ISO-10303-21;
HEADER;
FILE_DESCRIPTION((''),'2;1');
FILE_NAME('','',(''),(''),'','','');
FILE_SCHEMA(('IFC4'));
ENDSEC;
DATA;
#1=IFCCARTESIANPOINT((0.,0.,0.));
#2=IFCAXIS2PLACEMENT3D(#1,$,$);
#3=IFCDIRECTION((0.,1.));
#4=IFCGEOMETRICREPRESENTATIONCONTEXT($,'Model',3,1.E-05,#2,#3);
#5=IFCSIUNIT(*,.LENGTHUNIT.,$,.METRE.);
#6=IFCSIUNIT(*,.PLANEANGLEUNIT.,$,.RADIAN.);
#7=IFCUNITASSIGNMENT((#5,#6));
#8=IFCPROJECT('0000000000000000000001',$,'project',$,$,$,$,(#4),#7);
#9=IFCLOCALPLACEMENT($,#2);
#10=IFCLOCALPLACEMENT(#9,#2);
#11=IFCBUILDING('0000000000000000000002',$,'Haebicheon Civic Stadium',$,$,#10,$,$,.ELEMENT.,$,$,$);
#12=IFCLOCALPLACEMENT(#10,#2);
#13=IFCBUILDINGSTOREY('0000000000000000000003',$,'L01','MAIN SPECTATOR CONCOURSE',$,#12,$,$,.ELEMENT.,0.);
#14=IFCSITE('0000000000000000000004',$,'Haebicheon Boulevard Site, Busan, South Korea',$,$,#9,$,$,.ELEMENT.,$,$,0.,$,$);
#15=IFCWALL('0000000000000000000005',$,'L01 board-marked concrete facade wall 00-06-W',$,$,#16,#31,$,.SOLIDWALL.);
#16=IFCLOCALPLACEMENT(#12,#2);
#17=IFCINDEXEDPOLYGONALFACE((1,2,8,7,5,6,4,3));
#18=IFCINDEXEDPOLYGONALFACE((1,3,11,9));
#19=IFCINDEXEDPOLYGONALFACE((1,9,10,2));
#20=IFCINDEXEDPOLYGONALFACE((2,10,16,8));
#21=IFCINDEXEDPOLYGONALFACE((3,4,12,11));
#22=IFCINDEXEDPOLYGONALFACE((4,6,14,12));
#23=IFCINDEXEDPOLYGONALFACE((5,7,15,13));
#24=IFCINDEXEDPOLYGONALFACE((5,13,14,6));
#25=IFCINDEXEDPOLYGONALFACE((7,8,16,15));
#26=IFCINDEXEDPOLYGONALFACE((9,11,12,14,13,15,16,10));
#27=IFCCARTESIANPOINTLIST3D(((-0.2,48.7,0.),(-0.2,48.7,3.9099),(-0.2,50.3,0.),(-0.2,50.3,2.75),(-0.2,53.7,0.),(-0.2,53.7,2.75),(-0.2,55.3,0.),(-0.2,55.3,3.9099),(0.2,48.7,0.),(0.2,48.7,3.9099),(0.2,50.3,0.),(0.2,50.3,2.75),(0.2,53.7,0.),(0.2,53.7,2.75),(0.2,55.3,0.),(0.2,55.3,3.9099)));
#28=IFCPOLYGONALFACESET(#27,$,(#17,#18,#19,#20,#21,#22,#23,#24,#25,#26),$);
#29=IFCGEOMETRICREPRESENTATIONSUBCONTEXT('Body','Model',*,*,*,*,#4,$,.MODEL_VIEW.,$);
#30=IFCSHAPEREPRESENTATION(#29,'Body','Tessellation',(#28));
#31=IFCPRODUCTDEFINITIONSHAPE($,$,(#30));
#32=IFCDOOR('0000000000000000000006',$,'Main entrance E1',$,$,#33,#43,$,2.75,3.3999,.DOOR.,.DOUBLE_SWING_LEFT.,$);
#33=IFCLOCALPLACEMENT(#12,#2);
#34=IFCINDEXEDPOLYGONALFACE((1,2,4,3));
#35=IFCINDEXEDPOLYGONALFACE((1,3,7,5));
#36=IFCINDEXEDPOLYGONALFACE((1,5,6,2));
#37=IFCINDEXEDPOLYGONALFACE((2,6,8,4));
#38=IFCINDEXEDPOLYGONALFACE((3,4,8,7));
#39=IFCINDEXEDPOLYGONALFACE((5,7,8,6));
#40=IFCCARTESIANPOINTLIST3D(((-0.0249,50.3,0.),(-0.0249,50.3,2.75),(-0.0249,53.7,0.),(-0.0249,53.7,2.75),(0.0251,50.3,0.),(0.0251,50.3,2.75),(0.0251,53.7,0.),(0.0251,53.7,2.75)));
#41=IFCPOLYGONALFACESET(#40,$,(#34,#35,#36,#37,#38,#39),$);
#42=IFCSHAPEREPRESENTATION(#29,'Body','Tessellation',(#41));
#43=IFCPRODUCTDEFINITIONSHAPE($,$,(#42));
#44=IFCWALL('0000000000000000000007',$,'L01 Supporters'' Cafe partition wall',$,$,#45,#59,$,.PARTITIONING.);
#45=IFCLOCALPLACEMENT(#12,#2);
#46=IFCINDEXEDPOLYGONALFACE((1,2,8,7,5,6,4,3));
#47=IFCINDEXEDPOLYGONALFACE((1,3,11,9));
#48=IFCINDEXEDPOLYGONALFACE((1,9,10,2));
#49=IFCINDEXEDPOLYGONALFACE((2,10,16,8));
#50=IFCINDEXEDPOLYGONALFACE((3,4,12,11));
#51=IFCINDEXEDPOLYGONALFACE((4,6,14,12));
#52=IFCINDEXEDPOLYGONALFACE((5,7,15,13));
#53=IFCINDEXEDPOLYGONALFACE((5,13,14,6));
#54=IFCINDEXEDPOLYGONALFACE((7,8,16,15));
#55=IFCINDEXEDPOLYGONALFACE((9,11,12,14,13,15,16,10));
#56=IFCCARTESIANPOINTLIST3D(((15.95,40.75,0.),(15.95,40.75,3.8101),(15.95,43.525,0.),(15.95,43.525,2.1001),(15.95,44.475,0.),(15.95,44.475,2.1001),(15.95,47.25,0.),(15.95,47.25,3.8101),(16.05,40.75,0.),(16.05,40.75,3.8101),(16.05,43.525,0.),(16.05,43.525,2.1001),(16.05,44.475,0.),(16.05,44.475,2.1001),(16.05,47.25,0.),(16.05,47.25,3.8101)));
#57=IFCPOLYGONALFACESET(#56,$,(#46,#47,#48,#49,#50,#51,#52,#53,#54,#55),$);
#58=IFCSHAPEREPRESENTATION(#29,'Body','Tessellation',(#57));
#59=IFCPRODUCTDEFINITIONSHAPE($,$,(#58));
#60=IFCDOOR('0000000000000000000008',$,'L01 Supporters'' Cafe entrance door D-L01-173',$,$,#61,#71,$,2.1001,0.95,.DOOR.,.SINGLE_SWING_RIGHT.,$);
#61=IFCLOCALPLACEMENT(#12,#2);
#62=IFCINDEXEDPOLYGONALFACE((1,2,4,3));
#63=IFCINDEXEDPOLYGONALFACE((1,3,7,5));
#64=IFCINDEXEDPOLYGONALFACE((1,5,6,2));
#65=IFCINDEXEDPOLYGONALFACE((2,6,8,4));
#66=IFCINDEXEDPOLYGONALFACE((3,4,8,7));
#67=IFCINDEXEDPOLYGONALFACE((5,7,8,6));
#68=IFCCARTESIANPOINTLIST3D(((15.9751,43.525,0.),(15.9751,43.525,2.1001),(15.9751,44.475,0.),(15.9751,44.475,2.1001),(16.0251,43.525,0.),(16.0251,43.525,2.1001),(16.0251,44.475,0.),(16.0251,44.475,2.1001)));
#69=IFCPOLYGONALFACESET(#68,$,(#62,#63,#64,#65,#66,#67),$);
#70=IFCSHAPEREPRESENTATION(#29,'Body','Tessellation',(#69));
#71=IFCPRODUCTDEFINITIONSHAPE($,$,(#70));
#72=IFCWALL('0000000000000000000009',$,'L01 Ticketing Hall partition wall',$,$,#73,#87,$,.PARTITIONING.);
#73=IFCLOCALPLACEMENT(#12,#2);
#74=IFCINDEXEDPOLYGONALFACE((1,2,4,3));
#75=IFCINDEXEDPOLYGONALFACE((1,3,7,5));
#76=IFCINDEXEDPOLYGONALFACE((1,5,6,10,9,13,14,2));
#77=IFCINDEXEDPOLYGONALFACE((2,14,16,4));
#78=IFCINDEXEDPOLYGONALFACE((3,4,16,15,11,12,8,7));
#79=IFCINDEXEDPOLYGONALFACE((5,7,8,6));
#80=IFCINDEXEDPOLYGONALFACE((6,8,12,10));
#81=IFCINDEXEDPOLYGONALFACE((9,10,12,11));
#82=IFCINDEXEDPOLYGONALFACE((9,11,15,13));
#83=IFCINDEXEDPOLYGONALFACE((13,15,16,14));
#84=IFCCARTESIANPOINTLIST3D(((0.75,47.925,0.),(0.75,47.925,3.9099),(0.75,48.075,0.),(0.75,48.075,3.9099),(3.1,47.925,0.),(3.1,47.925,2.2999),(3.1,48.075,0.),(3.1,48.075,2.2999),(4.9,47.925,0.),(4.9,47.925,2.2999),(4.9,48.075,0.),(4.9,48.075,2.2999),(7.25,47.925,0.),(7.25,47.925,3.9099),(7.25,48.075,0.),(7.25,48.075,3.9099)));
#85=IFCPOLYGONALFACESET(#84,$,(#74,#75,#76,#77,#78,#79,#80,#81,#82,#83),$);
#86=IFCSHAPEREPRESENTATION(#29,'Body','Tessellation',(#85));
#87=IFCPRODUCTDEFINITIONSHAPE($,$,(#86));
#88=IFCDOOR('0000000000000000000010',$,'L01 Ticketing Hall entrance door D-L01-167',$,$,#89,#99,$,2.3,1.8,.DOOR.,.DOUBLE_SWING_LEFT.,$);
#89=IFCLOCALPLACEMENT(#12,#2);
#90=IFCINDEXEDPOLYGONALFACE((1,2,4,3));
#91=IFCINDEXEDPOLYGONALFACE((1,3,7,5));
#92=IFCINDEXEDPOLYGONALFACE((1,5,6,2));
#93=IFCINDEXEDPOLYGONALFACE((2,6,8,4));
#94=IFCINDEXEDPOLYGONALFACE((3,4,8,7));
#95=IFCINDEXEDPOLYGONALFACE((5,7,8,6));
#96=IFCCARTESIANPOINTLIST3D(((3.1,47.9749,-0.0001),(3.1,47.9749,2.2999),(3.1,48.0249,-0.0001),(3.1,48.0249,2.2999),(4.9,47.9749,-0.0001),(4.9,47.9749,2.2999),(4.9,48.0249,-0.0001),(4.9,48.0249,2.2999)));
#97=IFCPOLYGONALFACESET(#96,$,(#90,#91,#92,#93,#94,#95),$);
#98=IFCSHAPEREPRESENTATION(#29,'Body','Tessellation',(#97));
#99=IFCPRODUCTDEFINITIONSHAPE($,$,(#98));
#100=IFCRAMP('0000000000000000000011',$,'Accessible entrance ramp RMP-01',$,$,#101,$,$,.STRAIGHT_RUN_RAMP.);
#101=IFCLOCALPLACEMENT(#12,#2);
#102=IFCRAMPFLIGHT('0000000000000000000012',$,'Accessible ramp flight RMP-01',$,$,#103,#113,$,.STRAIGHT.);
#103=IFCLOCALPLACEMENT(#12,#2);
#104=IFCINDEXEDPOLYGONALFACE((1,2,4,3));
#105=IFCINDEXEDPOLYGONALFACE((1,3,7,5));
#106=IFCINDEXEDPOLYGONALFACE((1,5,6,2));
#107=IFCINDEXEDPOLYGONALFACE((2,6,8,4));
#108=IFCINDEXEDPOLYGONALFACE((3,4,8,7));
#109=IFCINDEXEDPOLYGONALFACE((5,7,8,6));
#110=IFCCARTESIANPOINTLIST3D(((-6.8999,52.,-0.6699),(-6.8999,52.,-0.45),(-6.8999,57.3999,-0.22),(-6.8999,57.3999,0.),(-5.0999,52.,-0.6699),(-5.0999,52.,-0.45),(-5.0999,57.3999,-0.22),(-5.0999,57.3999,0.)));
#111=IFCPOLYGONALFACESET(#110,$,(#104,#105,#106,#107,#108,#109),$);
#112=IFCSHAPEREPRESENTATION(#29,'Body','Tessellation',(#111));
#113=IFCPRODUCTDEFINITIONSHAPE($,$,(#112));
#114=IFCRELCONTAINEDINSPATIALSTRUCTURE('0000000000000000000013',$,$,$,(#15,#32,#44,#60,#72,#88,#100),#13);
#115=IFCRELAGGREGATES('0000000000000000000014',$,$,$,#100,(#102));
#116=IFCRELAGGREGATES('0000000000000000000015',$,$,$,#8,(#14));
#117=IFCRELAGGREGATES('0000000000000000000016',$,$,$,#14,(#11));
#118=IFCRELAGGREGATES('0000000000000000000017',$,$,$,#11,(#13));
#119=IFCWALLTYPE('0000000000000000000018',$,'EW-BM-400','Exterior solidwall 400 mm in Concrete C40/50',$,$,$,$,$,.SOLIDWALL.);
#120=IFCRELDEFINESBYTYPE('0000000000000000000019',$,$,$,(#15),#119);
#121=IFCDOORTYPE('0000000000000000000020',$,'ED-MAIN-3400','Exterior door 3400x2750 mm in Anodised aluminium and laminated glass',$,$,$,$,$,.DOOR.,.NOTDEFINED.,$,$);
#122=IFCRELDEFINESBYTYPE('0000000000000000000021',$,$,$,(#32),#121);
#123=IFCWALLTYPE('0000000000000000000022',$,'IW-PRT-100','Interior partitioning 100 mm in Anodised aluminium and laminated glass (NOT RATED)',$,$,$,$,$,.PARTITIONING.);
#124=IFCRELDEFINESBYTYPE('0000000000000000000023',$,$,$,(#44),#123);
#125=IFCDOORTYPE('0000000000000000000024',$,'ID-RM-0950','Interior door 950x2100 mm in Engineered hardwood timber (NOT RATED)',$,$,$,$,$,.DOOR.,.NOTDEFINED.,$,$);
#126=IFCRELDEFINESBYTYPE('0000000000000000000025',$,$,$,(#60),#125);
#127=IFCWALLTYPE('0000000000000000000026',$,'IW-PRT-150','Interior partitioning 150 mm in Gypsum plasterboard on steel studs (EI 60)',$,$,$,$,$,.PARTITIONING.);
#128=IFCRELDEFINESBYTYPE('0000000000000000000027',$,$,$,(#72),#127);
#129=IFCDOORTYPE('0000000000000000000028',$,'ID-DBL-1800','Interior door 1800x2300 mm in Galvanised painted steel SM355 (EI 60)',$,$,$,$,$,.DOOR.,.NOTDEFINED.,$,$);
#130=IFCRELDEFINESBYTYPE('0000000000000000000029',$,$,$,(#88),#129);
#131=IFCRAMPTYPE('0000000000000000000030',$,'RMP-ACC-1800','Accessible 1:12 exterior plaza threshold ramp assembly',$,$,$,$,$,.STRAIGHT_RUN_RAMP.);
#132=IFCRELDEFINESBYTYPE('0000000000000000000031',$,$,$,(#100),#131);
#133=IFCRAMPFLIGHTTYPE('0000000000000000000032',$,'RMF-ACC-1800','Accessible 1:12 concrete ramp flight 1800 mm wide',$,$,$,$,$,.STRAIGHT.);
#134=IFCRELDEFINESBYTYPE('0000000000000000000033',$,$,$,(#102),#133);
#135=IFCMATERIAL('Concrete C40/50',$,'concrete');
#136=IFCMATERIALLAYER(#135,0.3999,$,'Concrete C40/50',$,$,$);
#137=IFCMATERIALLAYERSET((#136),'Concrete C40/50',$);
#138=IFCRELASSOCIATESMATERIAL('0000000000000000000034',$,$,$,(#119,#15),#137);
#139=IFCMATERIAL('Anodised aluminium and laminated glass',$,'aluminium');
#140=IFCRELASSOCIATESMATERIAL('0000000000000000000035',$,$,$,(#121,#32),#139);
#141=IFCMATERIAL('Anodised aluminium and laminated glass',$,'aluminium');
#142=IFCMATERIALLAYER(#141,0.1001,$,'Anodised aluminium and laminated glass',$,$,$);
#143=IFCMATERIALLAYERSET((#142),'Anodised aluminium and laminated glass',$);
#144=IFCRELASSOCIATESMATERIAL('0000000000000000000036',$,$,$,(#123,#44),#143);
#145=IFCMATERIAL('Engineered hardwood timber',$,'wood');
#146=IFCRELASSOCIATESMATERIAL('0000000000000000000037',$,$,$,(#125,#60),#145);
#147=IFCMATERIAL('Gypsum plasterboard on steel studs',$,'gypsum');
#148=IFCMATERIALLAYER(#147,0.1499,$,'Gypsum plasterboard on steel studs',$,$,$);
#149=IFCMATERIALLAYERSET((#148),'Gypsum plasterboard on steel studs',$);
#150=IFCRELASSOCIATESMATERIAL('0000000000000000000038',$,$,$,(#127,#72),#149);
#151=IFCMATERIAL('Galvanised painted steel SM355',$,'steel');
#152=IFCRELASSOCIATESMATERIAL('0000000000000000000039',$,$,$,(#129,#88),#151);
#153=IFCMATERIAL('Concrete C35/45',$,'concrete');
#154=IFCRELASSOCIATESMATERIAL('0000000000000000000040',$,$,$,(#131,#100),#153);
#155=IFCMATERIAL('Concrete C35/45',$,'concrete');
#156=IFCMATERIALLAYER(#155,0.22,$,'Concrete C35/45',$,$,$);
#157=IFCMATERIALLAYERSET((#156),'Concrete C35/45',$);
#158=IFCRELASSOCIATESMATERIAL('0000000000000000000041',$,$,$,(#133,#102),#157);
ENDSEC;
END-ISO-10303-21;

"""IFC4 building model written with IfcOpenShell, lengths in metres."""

from ifc_helpers import new_model, si_unit, direction, frame, frame_2d, origin, place, context, subcontext, project, spatial, polyline, rectangle, outline, extrude, material, layer, layer_set, type_object, element, fill, aggregate, save


model = new_model("IFC4")

# Units and contexts
model_context = context("Model", 3, precision=1e-05, world=origin(), true_north=direction((0.0, 1.0)))
body_context = subcontext(model_context, "Body", "Model", "MODEL_VIEW")
ifc_project = project(units=[si_unit("LENGTHUNIT", "METRE"), si_unit("PLANEANGLEUNIT", "RADIAN")], contexts=[model_context])

# Site, building, storey
site_placement = place(None, origin())
site = spatial("IfcSite", under=ifc_project, at=site_placement, Name="Haebicheon Boulevard Site, Busan, South Korea", CompositionType="ELEMENT", RefElevation=0.0)
building_placement = place(site_placement, origin())
building = spatial("IfcBuilding", under=site, at=building_placement, Name="Haebicheon Civic Stadium", CompositionType="ELEMENT")
storey_placement = place(building_placement, origin())
storey = spatial("IfcBuildingStorey", under=building, at=storey_placement, Name="L01", Description="MAIN SPECTATOR CONCOURSE", CompositionType="ELEMENT", Elevation=0.0)

# Walls, openings, doors
ifc_material_1 = material(Name="Concrete C40/50", Category="concrete")
ifc_layer_1 = layer(ifc_material_1, 0.3999, Name="Concrete C40/50")
ifc_layer_set_1 = layer_set([ifc_layer_1], Name="Concrete C40/50")
wall_type_1 = type_object("IfcWallType", Name="EW-BM-400", Description="Exterior solidwall 400 mm in Concrete C40/50", PredefinedType="SOLIDWALL", material=ifc_layer_set_1)
wall_1_placement = place(storey_placement, frame((0.0, 48.7, 0.0), z_axis=(0.0, 0.0, 1.0), x_axis=(0.0, 1.0, 0.0)))
wall_1 = element("IfcWall", 1, at=wall_1_placement, inside=storey, type_object=wall_type_1, material=ifc_layer_set_1, Name="L01 board-marked concrete facade wall 00-06-W", PredefinedType="SOLIDWALL", context=body_context, shape_type="SweptSolid", body=[
    extrude(rectangle(XDim=6.6001, YDim=0.3999, at=frame_2d((3.3, 0.0))), origin(), (0.0, 0.0, 1.0), 3.9099),
])
opening_1_placement = place(wall_1_placement, frame((1.6001, 0.0, 0.0)))
opening_1 = element("IfcOpeningElement", 2, at=opening_1_placement, cuts=wall_1, PredefinedType="OPENING", context=body_context, shape_type="SweptSolid", body=[
    extrude(rectangle(XDim=3.3999, YDim=2.75, at=frame_2d((1.7, 1.375))), frame((0.0, 0.21, 0.0), z_axis=(0.0, -1.0, 0.0), x_axis=(1.0, 0.0, 0.0)), (0.0, 0.0, 1.0), 0.4199),
])
ifc_material_2 = material(Name="Anodised aluminium and laminated glass", Category="aluminium")
door_type_1 = type_object("IfcDoorType", Name="ED-MAIN-3400", Description="Exterior door 3400x2750 mm in Anodised aluminium and laminated glass", OperationType="NOTDEFINED", PredefinedType="DOOR", material=ifc_material_2)
door_1_placement = place(opening_1_placement, origin())
door_1 = element("IfcDoor", 3, at=door_1_placement, inside=storey, type_object=door_type_1, material=ifc_material_2, Name="Main entrance E1", OperationType="DOUBLE_SWING_LEFT", OverallHeight=2.75, OverallWidth=3.3999, PredefinedType="DOOR", context=body_context, shape_type="SweptSolid", body=[
    extrude(rectangle(XDim=3.3999, YDim=2.75, at=frame_2d((1.7, 1.375))), frame((0.0, 0.0249, 0.0), z_axis=(0.0, -1.0, 0.0), x_axis=(1.0, 0.0, 0.0)), (0.0, 0.0, 1.0), 0.05),
])
fill(opening_1, door_1)
ifc_material_3 = material(Name="Anodised aluminium and laminated glass", Category="aluminium")
ifc_layer_2 = layer(ifc_material_3, 0.1001, Name="Anodised aluminium and laminated glass")
ifc_layer_set_2 = layer_set([ifc_layer_2], Name="Anodised aluminium and laminated glass")
wall_type_2 = type_object("IfcWallType", Name="IW-PRT-100", Description="Interior partitioning 100 mm in Anodised aluminium and laminated glass (NOT RATED)", PredefinedType="PARTITIONING", material=ifc_layer_set_2)
wall_2_placement = place(storey_placement, frame((16.0, 40.75, 0.0), z_axis=(0.0, 0.0, 1.0), x_axis=(0.0, 1.0, 0.0)))
wall_2 = element("IfcWall", 4, at=wall_2_placement, inside=storey, type_object=wall_type_2, material=ifc_layer_set_2, Name="L01 Supporters' Cafe partition wall", PredefinedType="PARTITIONING", context=body_context, shape_type="SweptSolid", body=[
    extrude(rectangle(XDim=6.5, YDim=0.1001, at=frame_2d((3.25, 0.0))), origin(), (0.0, 0.0, 1.0), 3.8101),
])
opening_2_placement = place(wall_2_placement, frame((2.7749, 0.0, 0.0)))
opening_2 = element("IfcOpeningElement", 5, at=opening_2_placement, cuts=wall_2, PredefinedType="OPENING", context=body_context, shape_type="SweptSolid", body=[
    extrude(rectangle(XDim=0.95, YDim=2.1001, at=frame_2d((0.4751, 1.05))), frame((0.0, 0.0601, 0.0), z_axis=(0.0, -1.0, 0.0), x_axis=(1.0, 0.0, 0.0)), (0.0, 0.0, 1.0), 0.1201),
])
ifc_material_4 = material(Name="Engineered hardwood timber", Category="wood")
door_type_2 = type_object("IfcDoorType", Name="ID-RM-0950", Description="Interior door 950x2100 mm in Engineered hardwood timber (NOT RATED)", OperationType="NOTDEFINED", PredefinedType="DOOR", material=ifc_material_4)
door_2_placement = place(opening_2_placement, origin())
door_2 = element("IfcDoor", 6, at=door_2_placement, inside=storey, type_object=door_type_2, material=ifc_material_4, Name="L01 Supporters' Cafe entrance door D-L01-173", OperationType="SINGLE_SWING_RIGHT", OverallHeight=2.1001, OverallWidth=0.95, PredefinedType="DOOR", context=body_context, shape_type="SweptSolid", body=[
    extrude(rectangle(XDim=0.95, YDim=2.1001, at=frame_2d((0.4751, 1.05))), frame((0.0, 0.0249, 0.0), z_axis=(0.0, -1.0, 0.0), x_axis=(1.0, 0.0, 0.0)), (0.0, 0.0, 1.0), 0.05),
])
fill(opening_2, door_2)
ifc_material_5 = material(Name="Gypsum plasterboard on steel studs", Category="gypsum")
ifc_layer_3 = layer(ifc_material_5, 0.1499, Name="Gypsum plasterboard on steel studs")
ifc_layer_set_3 = layer_set([ifc_layer_3], Name="Gypsum plasterboard on steel studs")
wall_type_3 = type_object("IfcWallType", Name="IW-PRT-150", Description="Interior partitioning 150 mm in Gypsum plasterboard on steel studs (EI 60)", PredefinedType="PARTITIONING", material=ifc_layer_set_3)
wall_3_placement = place(storey_placement, frame((0.75, 48.0, 0.0), z_axis=(0.0, 0.0, 1.0), x_axis=(1.0, 0.0, 0.0)))
wall_3 = element("IfcWall", 7, at=wall_3_placement, inside=storey, type_object=wall_type_3, material=ifc_layer_set_3, Name="L01 Ticketing Hall partition wall", PredefinedType="PARTITIONING", context=body_context, shape_type="SweptSolid", body=[
    extrude(rectangle(XDim=6.5, YDim=0.1499, at=frame_2d((3.25, 0.0))), origin(), (0.0, 0.0, 1.0), 3.9099),
])
opening_3_placement = place(wall_3_placement, frame((2.3501, 0.0, 0.0)))
opening_3 = element("IfcOpeningElement", 8, at=opening_3_placement, cuts=wall_3, PredefinedType="OPENING", context=body_context, shape_type="SweptSolid", body=[
    extrude(rectangle(XDim=1.8, YDim=2.3, at=frame_2d((0.8999, 1.1499))), frame((0.0, 0.085, 0.0), z_axis=(0.0, -1.0, 0.0), x_axis=(1.0, 0.0, 0.0)), (0.0, 0.0, 1.0), 0.1699),
])
ifc_material_6 = material(Name="Galvanised painted steel SM355", Category="steel")
door_type_3 = type_object("IfcDoorType", Name="ID-DBL-1800", Description="Interior door 1800x2300 mm in Galvanised painted steel SM355 (EI 60)", OperationType="NOTDEFINED", PredefinedType="DOOR", material=ifc_material_6)
door_3_placement = place(opening_3_placement, origin())
door_3 = element("IfcDoor", 9, at=door_3_placement, inside=storey, type_object=door_type_3, material=ifc_material_6, Name="L01 Ticketing Hall entrance door D-L01-167", OperationType="DOUBLE_SWING_LEFT", OverallHeight=2.3, OverallWidth=1.8, PredefinedType="DOOR", context=body_context, shape_type="SweptSolid", body=[
    extrude(rectangle(XDim=1.8, YDim=2.3, at=frame_2d((0.8999, 1.1499))), frame((0.0, 0.0249, 0.0), z_axis=(0.0, -1.0, 0.0), x_axis=(1.0, 0.0, 0.0)), (0.0, 0.0, 1.0), 0.05),
])
fill(opening_3, door_3)

# Ramp, ramp flight
ifc_material_7 = material(Name="Concrete C35/45", Category="concrete")
ramp_type = type_object("IfcRampType", Name="RMP-ACC-1800", Description="Accessible 1:12 exterior plaza threshold ramp assembly", PredefinedType="STRAIGHT_RUN_RAMP", material=ifc_material_7)
ramp_placement = place(storey_placement, origin())
ramp = element("IfcRamp", 10, at=ramp_placement, inside=storey, type_object=ramp_type, material=ifc_material_7, Name="Accessible entrance ramp RMP-01", PredefinedType="STRAIGHT_RUN_RAMP")
ifc_material_8 = material(Name="Concrete C35/45", Category="concrete")
ifc_layer_4 = layer(ifc_material_8, 0.22, Name="Concrete C35/45")
ifc_layer_set_4 = layer_set([ifc_layer_4], Name="Concrete C35/45")
ramp_flight_type = type_object("IfcRampFlightType", Name="RMF-ACC-1800", Description="Accessible 1:12 concrete ramp flight 1800 mm wide", PredefinedType="STRAIGHT", material=ifc_layer_set_4)
ramp_flight_placement = place(storey_placement, frame((-6.0, 52.0, -0.45), z_axis=(0.0, 0.0, 1.0), x_axis=(0.0, 1.0, 0.0)))
ramp_flight = element("IfcRampFlight", 11, at=ramp_flight_placement, type_object=ramp_flight_type, material=ifc_layer_set_4, Name="Accessible ramp flight RMP-01", PredefinedType="STRAIGHT", context=body_context, shape_type="SweptSolid", body=[
    extrude(outline(polyline([(0.0, 0.0), (5.3999, 0.45), (5.3999, 0.23), (0.0, -0.22), (0.0, 0.0)])), frame((0.0, 0.8999, 0.0), z_axis=(0.0, -1.0, 0.0), x_axis=(1.0, 0.0, 0.0)), (0.0, 0.0, 1.0), 1.8),
])
aggregate(ramp, [ramp_flight])

save(model, "model.ifc")
